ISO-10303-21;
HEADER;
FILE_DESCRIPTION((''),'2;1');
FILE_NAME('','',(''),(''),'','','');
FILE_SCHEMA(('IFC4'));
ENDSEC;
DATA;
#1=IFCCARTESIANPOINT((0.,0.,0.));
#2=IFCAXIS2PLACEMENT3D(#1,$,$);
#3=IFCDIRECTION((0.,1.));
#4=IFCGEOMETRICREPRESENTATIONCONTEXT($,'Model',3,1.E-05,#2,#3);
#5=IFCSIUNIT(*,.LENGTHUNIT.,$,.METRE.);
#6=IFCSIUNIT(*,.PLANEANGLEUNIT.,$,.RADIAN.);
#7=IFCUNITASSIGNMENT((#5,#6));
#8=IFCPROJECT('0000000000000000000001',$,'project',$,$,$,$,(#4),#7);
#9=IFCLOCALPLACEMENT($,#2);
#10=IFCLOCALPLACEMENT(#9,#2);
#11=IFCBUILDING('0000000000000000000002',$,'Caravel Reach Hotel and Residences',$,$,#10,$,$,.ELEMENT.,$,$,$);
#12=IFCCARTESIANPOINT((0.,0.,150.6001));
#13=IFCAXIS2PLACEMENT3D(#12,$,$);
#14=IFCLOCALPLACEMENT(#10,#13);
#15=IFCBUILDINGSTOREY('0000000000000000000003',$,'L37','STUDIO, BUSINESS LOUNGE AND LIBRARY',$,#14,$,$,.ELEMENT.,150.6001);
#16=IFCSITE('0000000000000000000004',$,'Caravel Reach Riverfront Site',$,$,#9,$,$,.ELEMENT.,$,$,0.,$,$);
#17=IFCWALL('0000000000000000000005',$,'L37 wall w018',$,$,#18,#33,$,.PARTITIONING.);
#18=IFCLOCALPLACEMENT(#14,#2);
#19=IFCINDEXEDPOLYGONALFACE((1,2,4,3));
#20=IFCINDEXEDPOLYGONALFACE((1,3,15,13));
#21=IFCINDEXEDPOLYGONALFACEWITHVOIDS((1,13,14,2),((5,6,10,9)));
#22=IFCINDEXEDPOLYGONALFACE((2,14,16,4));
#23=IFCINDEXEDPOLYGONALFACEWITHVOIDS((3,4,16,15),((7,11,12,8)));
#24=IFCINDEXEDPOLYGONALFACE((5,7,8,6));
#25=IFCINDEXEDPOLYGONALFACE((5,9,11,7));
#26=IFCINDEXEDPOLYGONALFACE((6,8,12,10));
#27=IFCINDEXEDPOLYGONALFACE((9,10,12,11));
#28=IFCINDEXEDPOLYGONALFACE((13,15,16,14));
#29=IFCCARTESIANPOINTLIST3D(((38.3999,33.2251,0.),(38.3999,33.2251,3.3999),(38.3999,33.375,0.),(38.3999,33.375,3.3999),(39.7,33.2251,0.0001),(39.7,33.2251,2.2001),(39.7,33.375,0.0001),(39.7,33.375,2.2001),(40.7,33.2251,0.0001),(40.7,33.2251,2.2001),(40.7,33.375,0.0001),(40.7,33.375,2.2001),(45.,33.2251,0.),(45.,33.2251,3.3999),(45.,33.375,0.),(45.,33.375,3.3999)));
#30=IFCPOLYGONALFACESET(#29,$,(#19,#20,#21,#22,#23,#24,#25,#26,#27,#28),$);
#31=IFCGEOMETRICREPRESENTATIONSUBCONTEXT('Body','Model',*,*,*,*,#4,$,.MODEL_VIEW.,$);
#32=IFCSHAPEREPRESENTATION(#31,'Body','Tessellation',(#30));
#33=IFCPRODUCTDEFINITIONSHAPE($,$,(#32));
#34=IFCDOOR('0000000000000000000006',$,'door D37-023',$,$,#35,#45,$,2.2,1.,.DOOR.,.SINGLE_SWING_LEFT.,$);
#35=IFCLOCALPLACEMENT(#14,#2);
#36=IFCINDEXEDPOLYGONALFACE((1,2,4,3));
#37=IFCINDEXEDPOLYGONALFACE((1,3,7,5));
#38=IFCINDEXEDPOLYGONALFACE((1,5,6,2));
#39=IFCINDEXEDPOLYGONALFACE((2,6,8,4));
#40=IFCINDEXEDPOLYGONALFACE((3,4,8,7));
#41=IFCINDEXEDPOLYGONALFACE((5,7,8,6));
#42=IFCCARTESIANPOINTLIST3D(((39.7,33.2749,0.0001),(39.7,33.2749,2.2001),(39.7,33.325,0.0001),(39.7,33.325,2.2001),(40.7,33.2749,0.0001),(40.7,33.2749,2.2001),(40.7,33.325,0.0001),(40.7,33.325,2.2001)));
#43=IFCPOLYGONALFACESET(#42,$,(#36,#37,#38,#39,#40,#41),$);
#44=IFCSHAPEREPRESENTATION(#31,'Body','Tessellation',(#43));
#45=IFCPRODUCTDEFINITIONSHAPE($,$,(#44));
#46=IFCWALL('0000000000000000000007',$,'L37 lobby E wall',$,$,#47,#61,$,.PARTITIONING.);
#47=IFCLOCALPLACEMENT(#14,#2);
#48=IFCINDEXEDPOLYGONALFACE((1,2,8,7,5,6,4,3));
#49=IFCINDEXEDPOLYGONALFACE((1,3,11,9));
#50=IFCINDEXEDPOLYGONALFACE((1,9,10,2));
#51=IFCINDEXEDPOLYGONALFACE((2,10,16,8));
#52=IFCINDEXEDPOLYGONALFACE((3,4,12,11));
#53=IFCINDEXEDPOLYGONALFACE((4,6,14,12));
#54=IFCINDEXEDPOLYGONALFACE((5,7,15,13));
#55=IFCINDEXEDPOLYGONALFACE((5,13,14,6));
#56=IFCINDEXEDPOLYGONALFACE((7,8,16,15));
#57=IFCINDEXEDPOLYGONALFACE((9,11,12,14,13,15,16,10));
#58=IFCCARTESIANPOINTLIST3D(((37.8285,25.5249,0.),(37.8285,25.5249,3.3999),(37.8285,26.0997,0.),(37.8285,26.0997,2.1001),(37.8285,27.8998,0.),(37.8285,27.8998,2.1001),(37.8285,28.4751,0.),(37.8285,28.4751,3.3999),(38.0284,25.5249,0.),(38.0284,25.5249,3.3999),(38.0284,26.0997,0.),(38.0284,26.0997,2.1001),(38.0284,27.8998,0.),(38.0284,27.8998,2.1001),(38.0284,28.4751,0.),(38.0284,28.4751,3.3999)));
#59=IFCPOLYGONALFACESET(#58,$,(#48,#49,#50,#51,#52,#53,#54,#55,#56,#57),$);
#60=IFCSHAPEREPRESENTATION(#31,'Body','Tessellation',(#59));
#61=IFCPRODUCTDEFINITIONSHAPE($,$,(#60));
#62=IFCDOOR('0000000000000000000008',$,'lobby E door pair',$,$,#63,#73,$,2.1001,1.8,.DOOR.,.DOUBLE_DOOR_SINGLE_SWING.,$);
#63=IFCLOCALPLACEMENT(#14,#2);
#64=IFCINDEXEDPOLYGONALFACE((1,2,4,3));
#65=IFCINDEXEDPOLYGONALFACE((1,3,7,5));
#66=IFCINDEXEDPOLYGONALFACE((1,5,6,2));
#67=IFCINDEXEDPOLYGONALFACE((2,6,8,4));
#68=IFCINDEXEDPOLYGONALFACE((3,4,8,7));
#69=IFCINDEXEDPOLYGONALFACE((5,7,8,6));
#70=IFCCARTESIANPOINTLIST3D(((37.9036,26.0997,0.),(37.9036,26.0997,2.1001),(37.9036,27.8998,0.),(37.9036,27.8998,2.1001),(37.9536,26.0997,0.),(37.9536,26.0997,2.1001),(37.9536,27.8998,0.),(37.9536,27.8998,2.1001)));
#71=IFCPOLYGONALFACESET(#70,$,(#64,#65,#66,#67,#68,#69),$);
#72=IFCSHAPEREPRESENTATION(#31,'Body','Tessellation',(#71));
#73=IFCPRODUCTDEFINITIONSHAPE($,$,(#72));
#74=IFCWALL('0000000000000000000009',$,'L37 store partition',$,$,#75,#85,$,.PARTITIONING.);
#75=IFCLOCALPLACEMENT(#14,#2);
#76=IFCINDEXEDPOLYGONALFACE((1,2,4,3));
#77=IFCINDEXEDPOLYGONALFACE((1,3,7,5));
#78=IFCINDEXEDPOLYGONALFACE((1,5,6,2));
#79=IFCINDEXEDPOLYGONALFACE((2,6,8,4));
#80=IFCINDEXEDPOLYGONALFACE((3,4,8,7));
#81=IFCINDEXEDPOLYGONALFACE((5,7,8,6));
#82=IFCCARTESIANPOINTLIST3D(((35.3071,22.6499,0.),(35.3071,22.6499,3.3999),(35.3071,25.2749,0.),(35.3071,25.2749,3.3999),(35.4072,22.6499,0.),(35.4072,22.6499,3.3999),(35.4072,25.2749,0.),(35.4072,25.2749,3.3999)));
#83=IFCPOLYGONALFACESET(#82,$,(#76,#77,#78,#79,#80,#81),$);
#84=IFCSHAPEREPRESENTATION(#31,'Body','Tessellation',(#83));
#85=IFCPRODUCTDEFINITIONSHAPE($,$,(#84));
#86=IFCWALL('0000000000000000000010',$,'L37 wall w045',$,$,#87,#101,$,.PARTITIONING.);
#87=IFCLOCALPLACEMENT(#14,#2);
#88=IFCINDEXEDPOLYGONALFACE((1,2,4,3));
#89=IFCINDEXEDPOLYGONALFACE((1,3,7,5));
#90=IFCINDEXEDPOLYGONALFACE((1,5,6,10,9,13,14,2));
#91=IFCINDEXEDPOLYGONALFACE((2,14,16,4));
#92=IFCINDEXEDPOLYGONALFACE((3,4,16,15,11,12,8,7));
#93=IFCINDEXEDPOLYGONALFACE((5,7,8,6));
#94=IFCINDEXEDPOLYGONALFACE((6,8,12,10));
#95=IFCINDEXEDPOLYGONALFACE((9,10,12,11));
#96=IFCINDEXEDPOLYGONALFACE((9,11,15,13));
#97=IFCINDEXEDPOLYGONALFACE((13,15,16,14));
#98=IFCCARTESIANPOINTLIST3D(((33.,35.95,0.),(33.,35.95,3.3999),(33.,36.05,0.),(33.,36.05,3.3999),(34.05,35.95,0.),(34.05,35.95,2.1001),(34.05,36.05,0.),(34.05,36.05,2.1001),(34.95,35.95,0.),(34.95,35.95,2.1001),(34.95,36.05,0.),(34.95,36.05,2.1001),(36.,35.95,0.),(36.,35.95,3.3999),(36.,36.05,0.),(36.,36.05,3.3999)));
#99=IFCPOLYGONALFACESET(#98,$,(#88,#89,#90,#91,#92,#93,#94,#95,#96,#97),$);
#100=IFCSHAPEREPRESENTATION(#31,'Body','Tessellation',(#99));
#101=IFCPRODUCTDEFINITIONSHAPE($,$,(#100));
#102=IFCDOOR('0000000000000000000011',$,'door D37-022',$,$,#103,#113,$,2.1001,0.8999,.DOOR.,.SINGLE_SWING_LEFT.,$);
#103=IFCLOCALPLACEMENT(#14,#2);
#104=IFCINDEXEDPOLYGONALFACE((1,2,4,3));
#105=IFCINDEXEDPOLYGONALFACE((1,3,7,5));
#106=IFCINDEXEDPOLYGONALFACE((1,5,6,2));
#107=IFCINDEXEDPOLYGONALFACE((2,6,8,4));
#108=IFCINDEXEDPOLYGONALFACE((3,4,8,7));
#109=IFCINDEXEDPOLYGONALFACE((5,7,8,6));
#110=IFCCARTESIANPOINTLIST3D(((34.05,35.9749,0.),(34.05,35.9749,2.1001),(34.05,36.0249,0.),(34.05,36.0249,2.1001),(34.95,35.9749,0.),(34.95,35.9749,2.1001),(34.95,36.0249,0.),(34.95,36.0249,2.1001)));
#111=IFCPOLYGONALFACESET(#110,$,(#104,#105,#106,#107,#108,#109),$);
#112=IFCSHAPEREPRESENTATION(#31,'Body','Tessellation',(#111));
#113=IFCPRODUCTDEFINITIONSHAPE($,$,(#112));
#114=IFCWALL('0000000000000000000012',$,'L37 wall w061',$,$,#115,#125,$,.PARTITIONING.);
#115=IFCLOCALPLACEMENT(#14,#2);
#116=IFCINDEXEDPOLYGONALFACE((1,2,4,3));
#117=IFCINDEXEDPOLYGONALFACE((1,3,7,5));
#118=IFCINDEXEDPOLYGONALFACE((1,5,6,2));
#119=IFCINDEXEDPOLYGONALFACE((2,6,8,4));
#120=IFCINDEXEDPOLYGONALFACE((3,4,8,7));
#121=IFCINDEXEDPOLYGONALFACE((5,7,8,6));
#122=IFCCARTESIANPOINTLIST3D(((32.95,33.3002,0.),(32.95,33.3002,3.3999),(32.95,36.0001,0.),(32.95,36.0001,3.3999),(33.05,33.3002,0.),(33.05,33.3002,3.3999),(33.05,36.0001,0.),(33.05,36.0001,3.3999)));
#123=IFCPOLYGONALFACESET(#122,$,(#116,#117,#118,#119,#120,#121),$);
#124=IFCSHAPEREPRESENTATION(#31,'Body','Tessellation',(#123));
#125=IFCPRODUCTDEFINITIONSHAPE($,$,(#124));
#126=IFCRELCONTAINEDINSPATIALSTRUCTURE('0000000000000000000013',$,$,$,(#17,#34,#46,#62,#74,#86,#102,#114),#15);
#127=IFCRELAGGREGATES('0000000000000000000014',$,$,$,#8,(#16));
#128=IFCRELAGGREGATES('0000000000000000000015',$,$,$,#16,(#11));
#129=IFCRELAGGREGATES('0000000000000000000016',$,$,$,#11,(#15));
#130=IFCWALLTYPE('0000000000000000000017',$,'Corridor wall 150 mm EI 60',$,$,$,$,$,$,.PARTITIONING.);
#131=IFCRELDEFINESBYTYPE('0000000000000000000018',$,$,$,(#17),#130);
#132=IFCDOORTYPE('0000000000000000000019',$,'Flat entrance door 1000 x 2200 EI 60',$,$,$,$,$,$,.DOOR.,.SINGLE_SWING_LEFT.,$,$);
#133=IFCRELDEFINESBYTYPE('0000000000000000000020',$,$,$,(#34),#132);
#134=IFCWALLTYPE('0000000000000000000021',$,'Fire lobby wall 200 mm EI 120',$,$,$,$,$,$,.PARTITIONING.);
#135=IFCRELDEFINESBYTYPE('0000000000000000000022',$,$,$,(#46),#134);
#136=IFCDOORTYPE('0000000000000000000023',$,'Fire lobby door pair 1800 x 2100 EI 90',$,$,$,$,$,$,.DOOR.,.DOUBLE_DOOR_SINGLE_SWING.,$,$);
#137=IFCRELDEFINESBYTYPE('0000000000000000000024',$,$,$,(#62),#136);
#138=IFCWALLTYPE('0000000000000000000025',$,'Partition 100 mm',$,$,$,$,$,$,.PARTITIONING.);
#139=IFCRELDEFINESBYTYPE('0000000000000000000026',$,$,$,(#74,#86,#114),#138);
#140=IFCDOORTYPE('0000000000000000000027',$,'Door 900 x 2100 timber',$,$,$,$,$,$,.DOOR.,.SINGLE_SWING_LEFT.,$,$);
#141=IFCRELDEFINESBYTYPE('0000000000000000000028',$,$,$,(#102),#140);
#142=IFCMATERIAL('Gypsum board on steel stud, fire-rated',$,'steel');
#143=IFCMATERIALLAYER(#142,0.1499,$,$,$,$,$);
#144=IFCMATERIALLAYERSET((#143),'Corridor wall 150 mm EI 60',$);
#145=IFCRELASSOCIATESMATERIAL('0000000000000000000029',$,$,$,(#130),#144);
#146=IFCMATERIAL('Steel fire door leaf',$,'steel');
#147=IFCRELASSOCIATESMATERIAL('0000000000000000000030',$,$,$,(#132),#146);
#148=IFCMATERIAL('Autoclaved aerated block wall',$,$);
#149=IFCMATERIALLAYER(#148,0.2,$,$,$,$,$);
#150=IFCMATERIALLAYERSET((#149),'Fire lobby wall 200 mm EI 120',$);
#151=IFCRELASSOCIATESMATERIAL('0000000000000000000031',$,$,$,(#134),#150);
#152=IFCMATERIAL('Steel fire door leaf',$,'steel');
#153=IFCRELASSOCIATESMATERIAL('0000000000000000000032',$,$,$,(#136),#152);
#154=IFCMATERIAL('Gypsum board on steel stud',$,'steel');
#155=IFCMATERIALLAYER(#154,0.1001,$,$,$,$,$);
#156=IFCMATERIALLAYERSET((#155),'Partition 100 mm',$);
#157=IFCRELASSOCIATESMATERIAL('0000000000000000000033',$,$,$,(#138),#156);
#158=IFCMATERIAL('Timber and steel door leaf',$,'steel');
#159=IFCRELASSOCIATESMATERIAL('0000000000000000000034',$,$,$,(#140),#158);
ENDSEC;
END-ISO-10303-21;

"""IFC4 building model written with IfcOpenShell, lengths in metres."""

from ifc_helpers import new_model, si_unit, direction, frame, frame_2d, origin, place, context, subcontext, project, spatial, rectangle, extrude, material, layer, layer_set, type_object, element, fill, save


model = new_model("IFC4")

# Units and contexts
model_context = context("Model", 3, precision=1e-05, world=origin(), true_north=direction((0.0, 1.0)))
body_context = subcontext(model_context, "Body", "Model", "MODEL_VIEW")
ifc_project = project(units=[si_unit("LENGTHUNIT", "METRE"), si_unit("PLANEANGLEUNIT", "RADIAN")], contexts=[model_context])

# Site, building, storey
site_placement = place(None, origin())
site = spatial("IfcSite", under=ifc_project, at=site_placement, Name="Caravel Reach Riverfront Site", CompositionType="ELEMENT", RefElevation=0.0)
building_placement = place(site_placement, origin())
building = spatial("IfcBuilding", under=site, at=building_placement, Name="Caravel Reach Hotel and Residences", CompositionType="ELEMENT")
storey_placement = place(building_placement, frame((0.0, 0.0, 150.6001)))
storey = spatial("IfcBuildingStorey", under=building, at=storey_placement, Name="L37", Description="STUDIO, BUSINESS LOUNGE AND LIBRARY", CompositionType="ELEMENT", Elevation=150.6001)

# Walls, openings, doors
ifc_material_1 = material(Name="Gypsum board on steel stud, fire-rated", Category="steel")
ifc_layer_1 = layer(ifc_material_1, 0.1499)
ifc_layer_set_1 = layer_set([ifc_layer_1], Name="Corridor wall 150 mm EI 60")
wall_type_1 = type_object("IfcWallType", Name="Corridor wall 150 mm EI 60", PredefinedType="PARTITIONING", material=ifc_layer_set_1)
ifc_material_2 = material(Name="Steel fire door leaf", Category="steel")
door_type_1 = type_object("IfcDoorType", Name="Flat entrance door 1000 x 2200 EI 60", OperationType="SINGLE_SWING_LEFT", PredefinedType="DOOR", material=ifc_material_2)
wall_1_placement = place(storey_placement, frame((38.3999, 33.3, 0.0), z_axis=(0.0, 0.0, 1.0), x_axis=(1.0, 0.0, 0.0)))
wall_1 = element("IfcWall", 1, at=wall_1_placement, inside=storey, type_object=wall_type_1, Name="L37 wall w018", PredefinedType="PARTITIONING", context=body_context, shape_type="SweptSolid", body=[
    extrude(rectangle(XDim=6.6001, YDim=0.1499, at=frame_2d((3.3, 0.0))), origin(), (0.0, 0.0, 1.0), 3.3999),
])
opening_1_placement = place(wall_1_placement, frame((1.3, 0.0, 0.0)))
opening_1 = element("IfcOpeningElement", 2, at=opening_1_placement, cuts=wall_1, PredefinedType="OPENING", context=body_context, shape_type="SweptSolid", body=[
    extrude(rectangle(XDim=1.0, YDim=2.2, at=frame_2d((0.5, 1.1001))), frame((0.0, 0.085, 0.0), z_axis=(0.0, -1.0, 0.0), x_axis=(1.0, 0.0, 0.0)), (0.0, 0.0, 1.0), 0.1699),
])
door_1_placement = place(opening_1_placement, origin())
door_1 = element("IfcDoor", 3, at=door_1_placement, inside=storey, type_object=door_type_1, Name="door D37-023", OperationType="SINGLE_SWING_LEFT", OverallHeight=2.2, OverallWidth=1.0, PredefinedType="DOOR", context=body_context, shape_type="SweptSolid", body=[
    extrude(rectangle(XDim=1.0, YDim=2.2, at=frame_2d((0.5, 1.1001))), frame((0.0, 0.0249, 0.0), z_axis=(0.0, -1.0, 0.0), x_axis=(1.0, 0.0, 0.0)), (0.0, 0.0, 1.0), 0.05),
])
fill(opening_1, door_1)
ifc_material_3 = material(Name="Autoclaved aerated block wall")
ifc_layer_2 = layer(ifc_material_3, 0.2)
ifc_layer_set_2 = layer_set([ifc_layer_2], Name="Fire lobby wall 200 mm EI 120")
wall_type_2 = type_object("IfcWallType", Name="Fire lobby wall 200 mm EI 120", PredefinedType="PARTITIONING", material=ifc_layer_set_2)
wall_2_placement = place(storey_placement, frame((37.9285, 25.5249, 0.0), z_axis=(0.0, 0.0, 1.0), x_axis=(0.0, 1.0, 0.0)))
wall_2 = element("IfcWall", 4, at=wall_2_placement, inside=storey, type_object=wall_type_2, Name="L37 lobby E wall", PredefinedType="PARTITIONING", context=body_context, shape_type="SweptSolid", body=[
    extrude(rectangle(XDim=2.9502, YDim=0.2, at=frame_2d((1.4751, 0.0))), origin(), (0.0, 0.0, 1.0), 3.3999),
])
opening_2_placement = place(wall_2_placement, frame((0.575, 0.0, 0.0)))
opening_2 = element("IfcOpeningElement", 5, at=opening_2_placement, cuts=wall_2, PredefinedType="OPENING", context=body_context, shape_type="SweptSolid", body=[
    extrude(rectangle(XDim=1.8, YDim=2.1001, at=frame_2d((0.8999, 1.05))), frame((0.0, 0.1099, 0.0), z_axis=(0.0, -1.0, 0.0), x_axis=(1.0, 0.0, 0.0)), (0.0, 0.0, 1.0), 0.22),
])
ifc_material_4 = material(Name="Steel fire door leaf", Category="steel")
door_type_2 = type_object("IfcDoorType", Name="Fire lobby door pair 1800 x 2100 EI 90", OperationType="DOUBLE_DOOR_SINGLE_SWING", PredefinedType="DOOR", material=ifc_material_4)
door_2_placement = place(opening_2_placement, origin())
door_2 = element("IfcDoor", 6, at=door_2_placement, inside=storey, type_object=door_type_2, Name="lobby E door pair", OperationType="DOUBLE_DOOR_SINGLE_SWING", OverallHeight=2.1001, OverallWidth=1.8, PredefinedType="DOOR", context=body_context, shape_type="SweptSolid", body=[
    extrude(rectangle(XDim=1.8, YDim=2.1001, at=frame_2d((0.8999, 1.05))), frame((0.0, 0.0249, 0.0), z_axis=(0.0, -1.0, 0.0), x_axis=(1.0, 0.0, 0.0)), (0.0, 0.0, 1.0), 0.05),
])
fill(opening_2, door_2)

# Wall
ifc_material_5 = material(Name="Gypsum board on steel stud", Category="steel")
ifc_layer_3 = layer(ifc_material_5, 0.1001)
ifc_layer_set_3 = layer_set([ifc_layer_3], Name="Partition 100 mm")
wall_type_3 = type_object("IfcWallType", Name="Partition 100 mm", PredefinedType="PARTITIONING", material=ifc_layer_set_3)
wall_3_placement = place(storey_placement, frame((35.3572, 22.6499, 0.0), z_axis=(0.0, 0.0, 1.0), x_axis=(0.0, 1.0, 0.0)))
element("IfcWall", 7, at=wall_3_placement, inside=storey, type_object=wall_type_3, Name="L37 store partition", PredefinedType="PARTITIONING", context=body_context, shape_type="SweptSolid", body=[
    extrude(rectangle(XDim=2.625, YDim=0.1001, at=frame_2d((1.3125, 0.0))), origin(), (0.0, 0.0, 1.0), 3.3999),
])

# Wall, opening, door
wall_4_placement = place(storey_placement, frame((33.0, 36.0, 0.0), z_axis=(0.0, 0.0, 1.0), x_axis=(1.0, 0.0, 0.0)))
wall_4 = element("IfcWall", 8, at=wall_4_placement, inside=storey, type_object=wall_type_3, Name="L37 wall w045", PredefinedType="PARTITIONING", context=body_context, shape_type="SweptSolid", body=[
    extrude(rectangle(XDim=3.0, YDim=0.1001, at=frame_2d((1.5, 0.0))), origin(), (0.0, 0.0, 1.0), 3.3999),
])
opening_3_placement = place(wall_4_placement, frame((1.05, 0.0, 0.0)))
opening_3 = element("IfcOpeningElement", 9, at=opening_3_placement, cuts=wall_4, PredefinedType="OPENING", context=body_context, shape_type="SweptSolid", body=[
    extrude(rectangle(XDim=0.8999, YDim=2.1001, at=frame_2d((0.45, 1.05))), frame((0.0, 0.0601, 0.0), z_axis=(0.0, -1.0, 0.0), x_axis=(1.0, 0.0, 0.0)), (0.0, 0.0, 1.0), 0.1201),
])
ifc_material_6 = material(Name="Timber and steel door leaf", Category="steel")
door_type_3 = type_object("IfcDoorType", Name="Door 900 x 2100 timber", OperationType="SINGLE_SWING_LEFT", PredefinedType="DOOR", material=ifc_material_6)
door_3_placement = place(opening_3_placement, origin())
door_3 = element("IfcDoor", 10, at=door_3_placement, inside=storey, type_object=door_type_3, Name="door D37-022", OperationType="SINGLE_SWING_LEFT", OverallHeight=2.1001, OverallWidth=0.8999, PredefinedType="DOOR", context=body_context, shape_type="SweptSolid", body=[
    extrude(rectangle(XDim=0.8999, YDim=2.1001, at=frame_2d((0.45, 1.05))), frame((0.0, 0.0249, 0.0), z_axis=(0.0, -1.0, 0.0), x_axis=(1.0, 0.0, 0.0)), (0.0, 0.0, 1.0), 0.05),
])
fill(opening_3, door_3)

# Wall
wall_5_placement = place(storey_placement, frame((33.0, 33.3, 0.0), z_axis=(0.0, 0.0, 1.0), x_axis=(0.0, 1.0, 0.0)))
element("IfcWall", 11, at=wall_5_placement, inside=storey, type_object=wall_type_3, Name="L37 wall w061", PredefinedType="PARTITIONING", context=body_context, shape_type="SweptSolid", body=[
    extrude(rectangle(XDim=2.7, YDim=0.1001, at=frame_2d((1.3501, 0.0))), origin(), (0.0, 0.0, 1.0), 3.3999),
])

save(model, "model.ifc")
